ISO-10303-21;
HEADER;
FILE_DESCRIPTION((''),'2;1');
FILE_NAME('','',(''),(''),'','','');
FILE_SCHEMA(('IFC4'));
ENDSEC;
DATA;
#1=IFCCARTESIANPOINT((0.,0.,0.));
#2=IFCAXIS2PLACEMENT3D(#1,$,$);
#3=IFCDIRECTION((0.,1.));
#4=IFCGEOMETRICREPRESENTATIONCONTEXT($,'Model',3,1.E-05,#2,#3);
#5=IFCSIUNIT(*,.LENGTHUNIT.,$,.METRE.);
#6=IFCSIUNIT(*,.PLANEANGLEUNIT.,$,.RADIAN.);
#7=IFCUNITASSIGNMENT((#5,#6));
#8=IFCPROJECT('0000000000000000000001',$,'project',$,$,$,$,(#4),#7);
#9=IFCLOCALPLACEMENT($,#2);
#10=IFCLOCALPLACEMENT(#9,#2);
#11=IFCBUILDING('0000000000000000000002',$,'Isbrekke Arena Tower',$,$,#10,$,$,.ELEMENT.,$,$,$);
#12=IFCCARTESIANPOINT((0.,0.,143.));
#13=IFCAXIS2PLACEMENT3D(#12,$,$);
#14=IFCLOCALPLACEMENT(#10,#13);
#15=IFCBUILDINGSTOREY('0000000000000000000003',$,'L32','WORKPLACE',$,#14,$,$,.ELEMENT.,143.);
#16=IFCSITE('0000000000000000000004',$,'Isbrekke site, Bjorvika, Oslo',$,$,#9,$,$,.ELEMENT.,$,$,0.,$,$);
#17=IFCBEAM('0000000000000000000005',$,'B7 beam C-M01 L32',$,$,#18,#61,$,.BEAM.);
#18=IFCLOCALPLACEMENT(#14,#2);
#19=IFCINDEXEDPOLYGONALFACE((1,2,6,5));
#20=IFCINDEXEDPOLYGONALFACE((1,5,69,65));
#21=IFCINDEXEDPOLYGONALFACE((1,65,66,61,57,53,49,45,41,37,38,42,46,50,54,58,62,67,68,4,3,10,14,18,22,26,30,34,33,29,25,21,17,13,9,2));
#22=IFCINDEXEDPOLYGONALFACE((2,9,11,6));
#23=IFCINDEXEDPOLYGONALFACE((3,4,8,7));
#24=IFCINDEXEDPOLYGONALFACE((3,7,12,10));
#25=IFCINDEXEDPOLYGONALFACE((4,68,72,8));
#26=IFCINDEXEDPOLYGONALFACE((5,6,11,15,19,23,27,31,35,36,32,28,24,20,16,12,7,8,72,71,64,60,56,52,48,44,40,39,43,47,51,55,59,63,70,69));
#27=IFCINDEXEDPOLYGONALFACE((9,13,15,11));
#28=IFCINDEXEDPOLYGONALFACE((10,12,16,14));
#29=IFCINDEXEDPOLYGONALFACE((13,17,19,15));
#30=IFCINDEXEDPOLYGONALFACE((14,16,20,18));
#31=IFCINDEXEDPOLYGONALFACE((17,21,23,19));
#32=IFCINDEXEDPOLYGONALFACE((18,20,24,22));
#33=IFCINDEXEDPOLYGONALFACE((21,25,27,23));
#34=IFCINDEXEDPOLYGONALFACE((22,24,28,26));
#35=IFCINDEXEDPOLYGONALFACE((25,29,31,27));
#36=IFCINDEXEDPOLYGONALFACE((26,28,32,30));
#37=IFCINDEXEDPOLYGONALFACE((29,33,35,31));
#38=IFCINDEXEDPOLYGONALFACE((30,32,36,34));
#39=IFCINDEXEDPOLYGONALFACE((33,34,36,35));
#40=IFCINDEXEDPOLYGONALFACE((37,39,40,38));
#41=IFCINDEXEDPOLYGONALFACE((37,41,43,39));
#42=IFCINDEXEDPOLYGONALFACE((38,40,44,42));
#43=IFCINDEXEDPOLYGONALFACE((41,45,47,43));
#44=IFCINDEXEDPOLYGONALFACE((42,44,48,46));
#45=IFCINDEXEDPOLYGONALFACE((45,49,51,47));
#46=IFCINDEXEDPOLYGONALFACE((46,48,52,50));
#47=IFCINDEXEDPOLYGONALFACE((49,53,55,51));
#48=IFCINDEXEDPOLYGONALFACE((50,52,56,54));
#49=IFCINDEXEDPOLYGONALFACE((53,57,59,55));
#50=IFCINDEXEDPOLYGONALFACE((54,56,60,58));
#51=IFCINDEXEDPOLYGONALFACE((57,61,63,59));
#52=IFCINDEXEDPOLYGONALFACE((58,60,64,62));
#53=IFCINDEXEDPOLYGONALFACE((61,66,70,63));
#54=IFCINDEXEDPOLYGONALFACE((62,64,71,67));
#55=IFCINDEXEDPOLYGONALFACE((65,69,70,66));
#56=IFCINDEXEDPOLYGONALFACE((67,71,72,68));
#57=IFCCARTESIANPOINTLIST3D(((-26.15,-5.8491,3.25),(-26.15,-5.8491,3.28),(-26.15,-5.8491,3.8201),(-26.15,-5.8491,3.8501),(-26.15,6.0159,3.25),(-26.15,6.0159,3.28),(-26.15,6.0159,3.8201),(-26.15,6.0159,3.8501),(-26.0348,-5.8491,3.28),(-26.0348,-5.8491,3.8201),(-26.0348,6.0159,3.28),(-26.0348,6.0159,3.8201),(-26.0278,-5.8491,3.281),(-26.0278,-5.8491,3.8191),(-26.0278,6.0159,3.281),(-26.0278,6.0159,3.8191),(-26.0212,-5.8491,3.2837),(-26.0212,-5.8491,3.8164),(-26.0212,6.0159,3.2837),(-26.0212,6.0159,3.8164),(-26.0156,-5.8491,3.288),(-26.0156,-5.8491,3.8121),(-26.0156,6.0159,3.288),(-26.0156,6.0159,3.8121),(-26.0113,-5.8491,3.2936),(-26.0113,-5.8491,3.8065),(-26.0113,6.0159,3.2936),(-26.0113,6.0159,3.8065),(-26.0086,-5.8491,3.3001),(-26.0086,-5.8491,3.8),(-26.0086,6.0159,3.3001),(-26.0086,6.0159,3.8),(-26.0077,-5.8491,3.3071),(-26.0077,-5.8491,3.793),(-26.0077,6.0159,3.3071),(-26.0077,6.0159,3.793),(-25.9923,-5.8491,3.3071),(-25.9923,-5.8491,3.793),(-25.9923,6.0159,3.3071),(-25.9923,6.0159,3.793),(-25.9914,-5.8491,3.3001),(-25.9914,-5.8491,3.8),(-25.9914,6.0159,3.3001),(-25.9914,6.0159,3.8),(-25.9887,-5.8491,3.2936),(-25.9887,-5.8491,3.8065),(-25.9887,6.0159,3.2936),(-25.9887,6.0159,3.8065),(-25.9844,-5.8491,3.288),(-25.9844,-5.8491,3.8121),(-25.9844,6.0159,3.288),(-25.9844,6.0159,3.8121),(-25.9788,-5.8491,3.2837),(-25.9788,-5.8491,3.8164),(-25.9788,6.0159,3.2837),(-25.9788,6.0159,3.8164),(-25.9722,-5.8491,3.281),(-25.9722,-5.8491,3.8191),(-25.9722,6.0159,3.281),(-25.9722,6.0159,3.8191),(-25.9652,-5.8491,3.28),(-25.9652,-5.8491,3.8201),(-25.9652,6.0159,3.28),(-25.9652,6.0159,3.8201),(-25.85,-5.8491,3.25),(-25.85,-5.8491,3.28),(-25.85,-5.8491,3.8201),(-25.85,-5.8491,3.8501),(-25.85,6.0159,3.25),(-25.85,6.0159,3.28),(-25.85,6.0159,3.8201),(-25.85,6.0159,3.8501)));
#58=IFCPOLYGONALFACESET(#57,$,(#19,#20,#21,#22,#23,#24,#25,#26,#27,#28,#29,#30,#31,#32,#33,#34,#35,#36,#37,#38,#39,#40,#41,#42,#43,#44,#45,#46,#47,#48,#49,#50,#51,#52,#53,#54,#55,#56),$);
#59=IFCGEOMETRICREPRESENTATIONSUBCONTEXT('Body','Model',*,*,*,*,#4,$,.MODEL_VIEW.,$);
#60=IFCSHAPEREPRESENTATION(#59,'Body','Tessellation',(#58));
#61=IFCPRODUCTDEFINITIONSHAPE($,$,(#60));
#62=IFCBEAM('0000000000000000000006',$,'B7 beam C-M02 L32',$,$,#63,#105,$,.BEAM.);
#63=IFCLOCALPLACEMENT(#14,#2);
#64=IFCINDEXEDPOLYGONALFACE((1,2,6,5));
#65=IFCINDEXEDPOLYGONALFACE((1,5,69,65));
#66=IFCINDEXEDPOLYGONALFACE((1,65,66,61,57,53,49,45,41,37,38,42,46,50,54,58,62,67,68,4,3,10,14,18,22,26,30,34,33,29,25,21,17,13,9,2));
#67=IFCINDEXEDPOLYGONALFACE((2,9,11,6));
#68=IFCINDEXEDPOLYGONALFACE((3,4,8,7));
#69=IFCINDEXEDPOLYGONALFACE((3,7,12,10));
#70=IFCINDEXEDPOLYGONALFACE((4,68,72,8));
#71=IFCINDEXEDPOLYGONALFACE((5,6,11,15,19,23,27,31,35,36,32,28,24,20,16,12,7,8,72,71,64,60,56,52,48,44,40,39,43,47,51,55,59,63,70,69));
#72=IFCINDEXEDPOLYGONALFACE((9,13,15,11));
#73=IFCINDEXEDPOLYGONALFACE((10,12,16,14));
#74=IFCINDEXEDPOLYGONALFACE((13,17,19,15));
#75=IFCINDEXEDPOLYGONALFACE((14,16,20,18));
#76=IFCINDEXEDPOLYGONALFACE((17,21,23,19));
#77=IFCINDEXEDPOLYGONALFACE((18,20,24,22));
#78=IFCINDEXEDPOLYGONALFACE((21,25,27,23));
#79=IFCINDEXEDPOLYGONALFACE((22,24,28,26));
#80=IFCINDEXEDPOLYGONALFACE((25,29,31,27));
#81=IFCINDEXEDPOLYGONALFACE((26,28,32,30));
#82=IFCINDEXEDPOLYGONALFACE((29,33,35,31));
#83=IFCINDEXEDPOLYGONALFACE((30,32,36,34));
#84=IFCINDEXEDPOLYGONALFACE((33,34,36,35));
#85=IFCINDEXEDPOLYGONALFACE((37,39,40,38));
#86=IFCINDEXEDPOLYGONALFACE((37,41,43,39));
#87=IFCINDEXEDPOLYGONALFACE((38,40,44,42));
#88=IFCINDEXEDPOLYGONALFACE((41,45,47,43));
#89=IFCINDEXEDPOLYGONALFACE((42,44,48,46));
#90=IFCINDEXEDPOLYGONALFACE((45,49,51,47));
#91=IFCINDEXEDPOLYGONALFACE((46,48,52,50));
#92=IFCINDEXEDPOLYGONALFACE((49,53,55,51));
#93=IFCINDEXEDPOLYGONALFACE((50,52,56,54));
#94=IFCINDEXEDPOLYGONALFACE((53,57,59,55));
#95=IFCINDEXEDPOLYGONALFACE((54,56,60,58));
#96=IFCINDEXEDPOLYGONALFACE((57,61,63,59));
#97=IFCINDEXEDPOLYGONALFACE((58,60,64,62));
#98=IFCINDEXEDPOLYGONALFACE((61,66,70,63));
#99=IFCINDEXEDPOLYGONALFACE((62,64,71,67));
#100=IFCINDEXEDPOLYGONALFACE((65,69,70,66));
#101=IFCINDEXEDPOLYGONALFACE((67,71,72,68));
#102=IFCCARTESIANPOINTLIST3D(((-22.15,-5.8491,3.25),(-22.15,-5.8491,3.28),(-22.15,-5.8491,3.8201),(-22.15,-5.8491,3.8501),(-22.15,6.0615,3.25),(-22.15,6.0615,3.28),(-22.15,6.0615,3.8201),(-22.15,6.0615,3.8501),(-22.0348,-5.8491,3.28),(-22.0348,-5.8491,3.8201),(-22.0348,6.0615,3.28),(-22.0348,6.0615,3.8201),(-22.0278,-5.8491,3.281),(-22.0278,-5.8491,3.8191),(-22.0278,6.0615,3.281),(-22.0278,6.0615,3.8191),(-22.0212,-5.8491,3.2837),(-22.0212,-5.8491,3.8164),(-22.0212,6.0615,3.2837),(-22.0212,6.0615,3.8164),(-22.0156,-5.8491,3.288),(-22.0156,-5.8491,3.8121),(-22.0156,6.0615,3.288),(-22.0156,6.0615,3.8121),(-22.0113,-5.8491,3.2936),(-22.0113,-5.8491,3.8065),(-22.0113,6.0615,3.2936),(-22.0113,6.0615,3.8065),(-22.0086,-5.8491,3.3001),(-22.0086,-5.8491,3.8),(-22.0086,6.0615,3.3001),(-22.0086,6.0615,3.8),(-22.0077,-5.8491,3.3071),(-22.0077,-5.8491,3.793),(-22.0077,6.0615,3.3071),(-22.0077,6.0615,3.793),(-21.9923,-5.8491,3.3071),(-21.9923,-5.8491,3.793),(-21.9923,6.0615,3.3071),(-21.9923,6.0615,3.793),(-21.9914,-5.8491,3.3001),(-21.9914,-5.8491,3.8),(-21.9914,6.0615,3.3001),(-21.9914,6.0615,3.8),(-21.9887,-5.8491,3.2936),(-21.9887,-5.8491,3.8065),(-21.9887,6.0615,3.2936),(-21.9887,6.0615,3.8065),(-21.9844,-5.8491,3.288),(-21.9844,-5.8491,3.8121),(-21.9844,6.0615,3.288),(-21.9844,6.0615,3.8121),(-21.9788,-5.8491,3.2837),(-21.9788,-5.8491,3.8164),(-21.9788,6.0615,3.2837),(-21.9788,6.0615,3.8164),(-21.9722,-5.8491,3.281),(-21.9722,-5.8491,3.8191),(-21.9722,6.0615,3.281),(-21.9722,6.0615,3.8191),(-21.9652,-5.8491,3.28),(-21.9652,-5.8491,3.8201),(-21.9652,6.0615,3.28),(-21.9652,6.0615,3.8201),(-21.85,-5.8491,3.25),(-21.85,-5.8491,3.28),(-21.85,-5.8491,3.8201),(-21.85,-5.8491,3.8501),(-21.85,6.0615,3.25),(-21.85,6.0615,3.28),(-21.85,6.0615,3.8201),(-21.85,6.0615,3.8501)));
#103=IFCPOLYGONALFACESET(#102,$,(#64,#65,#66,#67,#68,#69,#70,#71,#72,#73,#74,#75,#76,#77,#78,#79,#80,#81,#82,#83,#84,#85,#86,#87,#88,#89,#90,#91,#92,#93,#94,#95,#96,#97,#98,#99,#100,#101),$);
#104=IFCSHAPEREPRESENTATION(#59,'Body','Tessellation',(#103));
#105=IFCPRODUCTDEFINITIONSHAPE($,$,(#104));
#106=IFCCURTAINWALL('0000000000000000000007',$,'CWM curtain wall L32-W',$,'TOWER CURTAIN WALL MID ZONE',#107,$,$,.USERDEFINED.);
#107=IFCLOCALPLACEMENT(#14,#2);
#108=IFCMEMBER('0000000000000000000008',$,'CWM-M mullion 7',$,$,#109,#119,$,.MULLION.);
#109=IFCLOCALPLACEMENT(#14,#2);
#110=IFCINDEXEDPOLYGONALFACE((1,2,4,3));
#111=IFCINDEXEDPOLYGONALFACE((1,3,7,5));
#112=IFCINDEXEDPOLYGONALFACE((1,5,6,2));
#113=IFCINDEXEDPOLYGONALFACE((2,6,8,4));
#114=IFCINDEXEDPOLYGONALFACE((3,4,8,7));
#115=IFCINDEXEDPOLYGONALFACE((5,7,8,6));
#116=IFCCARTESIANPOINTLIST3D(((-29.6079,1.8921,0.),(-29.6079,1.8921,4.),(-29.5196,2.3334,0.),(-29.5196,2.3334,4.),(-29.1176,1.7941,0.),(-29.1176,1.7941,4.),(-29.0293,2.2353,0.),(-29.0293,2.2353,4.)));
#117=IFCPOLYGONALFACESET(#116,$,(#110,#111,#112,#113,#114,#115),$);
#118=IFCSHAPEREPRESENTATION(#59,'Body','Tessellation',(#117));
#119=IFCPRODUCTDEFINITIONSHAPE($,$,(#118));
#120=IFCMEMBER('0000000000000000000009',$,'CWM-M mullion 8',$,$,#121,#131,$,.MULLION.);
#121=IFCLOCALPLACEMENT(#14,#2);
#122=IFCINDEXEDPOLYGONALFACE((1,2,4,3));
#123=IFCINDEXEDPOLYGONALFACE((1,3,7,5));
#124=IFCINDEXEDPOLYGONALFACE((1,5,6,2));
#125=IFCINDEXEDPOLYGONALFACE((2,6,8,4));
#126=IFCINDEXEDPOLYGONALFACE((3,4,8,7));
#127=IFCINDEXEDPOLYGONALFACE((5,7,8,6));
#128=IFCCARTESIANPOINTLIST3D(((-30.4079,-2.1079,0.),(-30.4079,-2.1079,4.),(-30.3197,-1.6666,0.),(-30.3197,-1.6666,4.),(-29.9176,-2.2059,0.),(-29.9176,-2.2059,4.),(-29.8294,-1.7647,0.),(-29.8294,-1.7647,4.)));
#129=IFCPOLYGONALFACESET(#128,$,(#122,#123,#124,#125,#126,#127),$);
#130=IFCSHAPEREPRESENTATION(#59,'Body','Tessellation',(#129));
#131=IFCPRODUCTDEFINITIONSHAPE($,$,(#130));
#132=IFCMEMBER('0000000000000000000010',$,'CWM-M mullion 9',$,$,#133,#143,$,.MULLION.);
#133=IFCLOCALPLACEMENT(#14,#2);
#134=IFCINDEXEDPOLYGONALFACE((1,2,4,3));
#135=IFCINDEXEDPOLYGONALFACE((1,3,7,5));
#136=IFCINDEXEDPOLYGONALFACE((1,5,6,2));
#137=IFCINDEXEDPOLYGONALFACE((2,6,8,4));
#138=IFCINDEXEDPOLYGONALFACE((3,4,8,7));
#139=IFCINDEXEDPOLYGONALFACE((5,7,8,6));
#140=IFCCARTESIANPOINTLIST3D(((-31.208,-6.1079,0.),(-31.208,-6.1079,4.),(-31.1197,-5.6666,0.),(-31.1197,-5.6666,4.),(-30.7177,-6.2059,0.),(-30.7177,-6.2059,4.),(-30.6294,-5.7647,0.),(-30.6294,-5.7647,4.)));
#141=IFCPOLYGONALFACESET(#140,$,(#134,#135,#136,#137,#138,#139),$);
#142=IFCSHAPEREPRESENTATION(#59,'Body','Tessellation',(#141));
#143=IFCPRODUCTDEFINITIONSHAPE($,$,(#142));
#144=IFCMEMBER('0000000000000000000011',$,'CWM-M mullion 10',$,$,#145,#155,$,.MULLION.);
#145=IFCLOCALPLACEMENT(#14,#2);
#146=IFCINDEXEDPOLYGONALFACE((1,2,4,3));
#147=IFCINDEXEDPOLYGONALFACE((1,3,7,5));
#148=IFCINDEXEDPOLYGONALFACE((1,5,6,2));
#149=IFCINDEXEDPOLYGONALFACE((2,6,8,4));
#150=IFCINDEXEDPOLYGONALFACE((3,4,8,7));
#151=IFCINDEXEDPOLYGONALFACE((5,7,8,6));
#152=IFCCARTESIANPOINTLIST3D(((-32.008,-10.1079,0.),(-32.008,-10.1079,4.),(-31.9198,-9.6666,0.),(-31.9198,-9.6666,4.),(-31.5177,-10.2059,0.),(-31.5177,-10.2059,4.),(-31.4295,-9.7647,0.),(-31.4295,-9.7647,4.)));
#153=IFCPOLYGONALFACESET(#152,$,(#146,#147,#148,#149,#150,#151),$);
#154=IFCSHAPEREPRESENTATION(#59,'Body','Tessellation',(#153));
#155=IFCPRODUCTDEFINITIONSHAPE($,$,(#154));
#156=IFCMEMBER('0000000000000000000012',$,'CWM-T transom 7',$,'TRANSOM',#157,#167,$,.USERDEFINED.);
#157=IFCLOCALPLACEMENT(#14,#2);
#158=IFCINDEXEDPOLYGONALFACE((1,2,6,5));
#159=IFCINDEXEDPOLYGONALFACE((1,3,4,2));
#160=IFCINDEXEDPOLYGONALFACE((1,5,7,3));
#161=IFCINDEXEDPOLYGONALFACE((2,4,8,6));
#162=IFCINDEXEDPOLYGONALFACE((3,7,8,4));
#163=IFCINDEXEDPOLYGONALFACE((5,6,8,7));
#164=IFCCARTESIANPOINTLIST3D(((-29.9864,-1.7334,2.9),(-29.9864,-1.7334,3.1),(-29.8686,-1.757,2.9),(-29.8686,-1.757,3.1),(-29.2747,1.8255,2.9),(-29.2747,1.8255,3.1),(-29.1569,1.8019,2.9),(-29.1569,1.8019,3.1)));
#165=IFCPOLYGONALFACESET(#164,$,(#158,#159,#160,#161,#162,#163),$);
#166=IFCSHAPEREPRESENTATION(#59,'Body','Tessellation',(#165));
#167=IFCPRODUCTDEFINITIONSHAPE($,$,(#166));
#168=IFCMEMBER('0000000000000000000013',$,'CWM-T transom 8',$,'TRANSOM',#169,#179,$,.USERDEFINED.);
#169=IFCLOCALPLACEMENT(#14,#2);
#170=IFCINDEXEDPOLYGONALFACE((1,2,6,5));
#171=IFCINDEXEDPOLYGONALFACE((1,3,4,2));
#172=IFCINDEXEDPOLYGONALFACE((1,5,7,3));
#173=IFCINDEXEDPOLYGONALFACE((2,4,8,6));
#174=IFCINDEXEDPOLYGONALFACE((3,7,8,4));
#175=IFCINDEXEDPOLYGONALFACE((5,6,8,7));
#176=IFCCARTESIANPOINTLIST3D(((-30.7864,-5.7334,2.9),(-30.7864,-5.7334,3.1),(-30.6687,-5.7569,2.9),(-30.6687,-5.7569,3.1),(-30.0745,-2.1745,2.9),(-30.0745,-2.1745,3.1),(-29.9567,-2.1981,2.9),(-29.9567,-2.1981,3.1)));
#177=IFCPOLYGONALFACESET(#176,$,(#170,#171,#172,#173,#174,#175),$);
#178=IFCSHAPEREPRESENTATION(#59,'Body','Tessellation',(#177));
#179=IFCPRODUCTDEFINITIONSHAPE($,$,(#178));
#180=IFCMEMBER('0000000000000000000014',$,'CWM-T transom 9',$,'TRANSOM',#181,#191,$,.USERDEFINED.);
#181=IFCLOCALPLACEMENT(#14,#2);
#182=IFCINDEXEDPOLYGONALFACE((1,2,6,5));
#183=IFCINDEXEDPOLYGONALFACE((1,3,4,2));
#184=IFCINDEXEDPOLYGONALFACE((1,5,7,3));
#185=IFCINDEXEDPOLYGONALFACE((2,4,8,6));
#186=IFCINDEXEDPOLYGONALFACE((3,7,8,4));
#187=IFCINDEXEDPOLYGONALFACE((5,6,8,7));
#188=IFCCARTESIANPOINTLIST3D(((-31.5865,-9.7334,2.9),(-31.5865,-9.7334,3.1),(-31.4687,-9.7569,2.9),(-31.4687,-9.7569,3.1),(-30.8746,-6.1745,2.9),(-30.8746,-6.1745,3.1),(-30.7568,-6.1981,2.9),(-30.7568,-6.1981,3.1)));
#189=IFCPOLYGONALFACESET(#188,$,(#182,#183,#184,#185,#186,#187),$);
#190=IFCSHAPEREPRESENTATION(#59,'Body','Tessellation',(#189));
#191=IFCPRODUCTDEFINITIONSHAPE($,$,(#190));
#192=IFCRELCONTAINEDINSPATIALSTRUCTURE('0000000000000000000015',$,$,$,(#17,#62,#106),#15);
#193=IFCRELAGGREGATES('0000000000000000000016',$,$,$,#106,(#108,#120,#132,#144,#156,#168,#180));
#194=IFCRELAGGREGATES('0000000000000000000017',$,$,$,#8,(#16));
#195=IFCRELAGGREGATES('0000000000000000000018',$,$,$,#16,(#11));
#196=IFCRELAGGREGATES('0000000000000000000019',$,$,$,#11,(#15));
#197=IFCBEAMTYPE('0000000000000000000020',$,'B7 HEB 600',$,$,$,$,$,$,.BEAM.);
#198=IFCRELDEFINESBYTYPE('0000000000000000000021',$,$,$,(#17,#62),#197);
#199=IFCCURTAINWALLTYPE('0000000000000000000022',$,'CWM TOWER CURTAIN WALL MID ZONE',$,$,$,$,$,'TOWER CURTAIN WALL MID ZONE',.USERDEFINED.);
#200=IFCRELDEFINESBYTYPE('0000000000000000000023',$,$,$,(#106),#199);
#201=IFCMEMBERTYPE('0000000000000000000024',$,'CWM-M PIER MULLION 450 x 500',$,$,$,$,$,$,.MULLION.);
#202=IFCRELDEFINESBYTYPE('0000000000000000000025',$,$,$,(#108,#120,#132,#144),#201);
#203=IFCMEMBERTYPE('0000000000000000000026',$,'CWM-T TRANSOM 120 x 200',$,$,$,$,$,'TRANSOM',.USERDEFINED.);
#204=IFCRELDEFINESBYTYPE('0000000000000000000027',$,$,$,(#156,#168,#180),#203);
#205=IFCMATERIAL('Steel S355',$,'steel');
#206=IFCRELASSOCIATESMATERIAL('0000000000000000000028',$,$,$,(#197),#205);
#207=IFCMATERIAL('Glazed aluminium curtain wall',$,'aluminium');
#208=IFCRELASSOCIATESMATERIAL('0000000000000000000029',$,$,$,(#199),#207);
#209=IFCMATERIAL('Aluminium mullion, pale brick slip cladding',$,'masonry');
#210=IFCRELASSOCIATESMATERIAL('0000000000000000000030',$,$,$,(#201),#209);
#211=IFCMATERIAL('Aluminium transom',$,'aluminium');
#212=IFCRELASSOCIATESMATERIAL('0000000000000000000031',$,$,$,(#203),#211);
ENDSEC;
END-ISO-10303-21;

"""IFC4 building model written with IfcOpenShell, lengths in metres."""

from ifc_helpers import new_model, si_unit, direction, frame, origin, origin_2d, place, context, subcontext, project, spatial, rectangle, i_section, extrude, material, material_profile, profile_set, type_object, element, aggregate, save


model = new_model("IFC4")

# Units and contexts
model_context = context("Model", 3, precision=1e-05, world=origin(), true_north=direction((0.0, 1.0)))
body_context = subcontext(model_context, "Body", "Model", "MODEL_VIEW")
ifc_project = project(units=[si_unit("LENGTHUNIT", "METRE"), si_unit("PLANEANGLEUNIT", "RADIAN")], contexts=[model_context])

# Site, building, storey
site_placement = place(None, origin())
site = spatial("IfcSite", under=ifc_project, at=site_placement, Name="Isbrekke site, Bjorvika, Oslo", CompositionType="ELEMENT", RefElevation=0.0)
building_placement = place(site_placement, origin())
building = spatial("IfcBuilding", under=site, at=building_placement, Name="Isbrekke Arena Tower", CompositionType="ELEMENT")
storey_placement = place(building_placement, frame((0.0, 0.0, 143.0)))
storey = spatial("IfcBuildingStorey", under=building, at=storey_placement, Name="L32", Description="WORKPLACE", CompositionType="ELEMENT", Elevation=143.0)

# Beams
ifc_material_1 = material(Name="Steel S355", Category="steel")
ifc_material_profile_1 = material_profile(ifc_material_1, i_section(OverallWidth=0.3, OverallDepth=0.6001, WebThickness=0.0154, FlangeThickness=0.03, FilletRadius=0.0271, at=origin_2d()), Name="HEB 600")
ifc_profile_set_1 = profile_set([ifc_material_profile_1], Name="Steel S355")
beam_type_1 = type_object("IfcBeamType", Name="B7 HEB 600", PredefinedType="BEAM", material=ifc_profile_set_1)
beam_1_placement = place(storey_placement, frame((-26.0, -5.8491, 3.55), z_axis=(0.0, 1.0, 0.0), x_axis=(-1.0, 0.0, 0.0)))
element("IfcBeam", 1, at=beam_1_placement, inside=storey, type_object=beam_type_1, Name="B7 beam C-M01 L32", PredefinedType="BEAM", context=body_context, shape_type="SweptSolid", body=[
    extrude(i_section(OverallWidth=0.3, OverallDepth=0.6001, WebThickness=0.0154, FlangeThickness=0.03, FilletRadius=0.0271, at=origin_2d()), origin(), (0.0, 0.0, 1.0), 11.865),
])
beam_2_placement = place(storey_placement, frame((-22.0, -5.8491, 3.55), z_axis=(0.0, 1.0, 0.0), x_axis=(-1.0, 0.0, 0.0)))
element("IfcBeam", 2, at=beam_2_placement, inside=storey, type_object=beam_type_1, Name="B7 beam C-M02 L32", PredefinedType="BEAM", context=body_context, shape_type="SweptSolid", body=[
    extrude(i_section(OverallWidth=0.3, OverallDepth=0.6001, WebThickness=0.0154, FlangeThickness=0.03, FilletRadius=0.0271, at=origin_2d()), origin(), (0.0, 0.0, 1.0), 11.9106),
])

# Curtain wall, members
ifc_material_2 = material(Name="Glazed aluminium curtain wall", Category="aluminium")
curtain_wall_type = type_object("IfcCurtainWallType", Name="CWM TOWER CURTAIN WALL MID ZONE", ElementType="TOWER CURTAIN WALL MID ZONE", PredefinedType="USERDEFINED", material=ifc_material_2)
curtain_wall_placement = place(storey_placement, origin())
curtain_wall = element("IfcCurtainWall", 3, at=curtain_wall_placement, inside=storey, type_object=curtain_wall_type, Name="CWM curtain wall L32-W", ObjectType="TOWER CURTAIN WALL MID ZONE", PredefinedType="USERDEFINED")
ifc_material_3 = material(Name="Aluminium mullion, pale brick slip cladding", Category="masonry")
ifc_material_profile_2 = material_profile(ifc_material_3, rectangle(XDim=0.45, YDim=0.5, at=origin_2d()), Name="PIER 450X500")
ifc_profile_set_2 = profile_set([ifc_material_profile_2], Name="Aluminium mullion, pale brick slip cladding")
member_type_1 = type_object("IfcMemberType", Name="CWM-M PIER MULLION 450 x 500", PredefinedType="MULLION", material=ifc_profile_set_2)
member_1_placement = place(storey_placement, frame((-29.3186, 2.0637, 0.0), z_axis=(0.0, 0.0, 1.0), x_axis=(-0.196116, -0.980581, 0.0)))
member_1 = element("IfcMember", 4, at=member_1_placement, type_object=member_type_1, Name="CWM-M mullion 7", PredefinedType="MULLION", context=body_context, shape_type="SweptSolid", body=[
    extrude(rectangle(XDim=0.45, YDim=0.5, at=origin_2d()), origin(), (0.0, 0.0, 1.0), 4.0),
])
member_2_placement = place(storey_placement, frame((-30.1187, -1.9363, 0.0), z_axis=(0.0, 0.0, 1.0), x_axis=(-0.196116, -0.980581, 0.0)))
member_2 = element("IfcMember", 5, at=member_2_placement, type_object=member_type_1, Name="CWM-M mullion 8", PredefinedType="MULLION", context=body_context, shape_type="SweptSolid", body=[
    extrude(rectangle(XDim=0.45, YDim=0.5, at=origin_2d()), origin(), (0.0, 0.0, 1.0), 4.0),
])
member_3_placement = place(storey_placement, frame((-30.9187, -5.9363, 0.0), z_axis=(0.0, 0.0, 1.0), x_axis=(-0.196116, -0.980581, 0.0)))
member_3 = element("IfcMember", 6, at=member_3_placement, type_object=member_type_1, Name="CWM-M mullion 9", PredefinedType="MULLION", context=body_context, shape_type="SweptSolid", body=[
    extrude(rectangle(XDim=0.45, YDim=0.5, at=origin_2d()), origin(), (0.0, 0.0, 1.0), 4.0),
])
member_4_placement = place(storey_placement, frame((-31.7188, -9.9363, 0.0), z_axis=(0.0, 0.0, 1.0), x_axis=(-0.196116, -0.980581, 0.0)))
member_4 = element("IfcMember", 7, at=member_4_placement, type_object=member_type_1, Name="CWM-M mullion 10", PredefinedType="MULLION", context=body_context, shape_type="SweptSolid", body=[
    extrude(rectangle(XDim=0.45, YDim=0.5, at=origin_2d()), origin(), (0.0, 0.0, 1.0), 4.0),
])
ifc_material_4 = material(Name="Aluminium transom", Category="aluminium")
ifc_material_profile_3 = material_profile(ifc_material_4, rectangle(XDim=0.1201, YDim=0.2, at=origin_2d()), Name="TRANSOM 120X200")
ifc_profile_set_3 = profile_set([ifc_material_profile_3], Name="Aluminium transom")
member_type_2 = type_object("IfcMemberType", Name="CWM-T TRANSOM 120 x 200", ElementType="TRANSOM", PredefinedType="USERDEFINED", material=ifc_profile_set_3)
member_5_placement = place(storey_placement, frame((-29.2158, 1.8137, 3.0), z_axis=(-0.19609, -0.980586, 0.0), x_axis=(0.980586, -0.19609, 0.0)))
member_5 = element("IfcMember", 8, at=member_5_placement, type_object=member_type_2, Name="CWM-T transom 7", ObjectType="TRANSOM", PredefinedType="USERDEFINED", context=body_context, shape_type="SweptSolid", body=[
    extrude(rectangle(XDim=0.1201, YDim=0.2, at=origin_2d()), origin(), (0.0, 0.0, 1.0), 3.6294),
])
member_6_placement = place(storey_placement, frame((-30.0156, -2.1863, 3.0), z_axis=(-0.196155, -0.980573, 0.0), x_axis=(0.980573, -0.196155, 0.0)))
member_6 = element("IfcMember", 9, at=member_6_placement, type_object=member_type_2, Name="CWM-T transom 8", ObjectType="TRANSOM", PredefinedType="USERDEFINED", context=body_context, shape_type="SweptSolid", body=[
    extrude(rectangle(XDim=0.1201, YDim=0.2, at=origin_2d()), origin(), (0.0, 0.0, 1.0), 3.6294),
])
member_7_placement = place(storey_placement, frame((-30.8157, -6.1863, 3.0), z_axis=(-0.196155, -0.980573, 0.0), x_axis=(0.980573, -0.196155, 0.0)))
member_7 = element("IfcMember", 10, at=member_7_placement, type_object=member_type_2, Name="CWM-T transom 9", ObjectType="TRANSOM", PredefinedType="USERDEFINED", context=body_context, shape_type="SweptSolid", body=[
    extrude(rectangle(XDim=0.1201, YDim=0.2, at=origin_2d()), origin(), (0.0, 0.0, 1.0), 3.6294),
])

aggregate(curtain_wall, [member_1, member_2, member_3, member_4, member_5, member_6, member_7])

save(model, "model.ifc")
